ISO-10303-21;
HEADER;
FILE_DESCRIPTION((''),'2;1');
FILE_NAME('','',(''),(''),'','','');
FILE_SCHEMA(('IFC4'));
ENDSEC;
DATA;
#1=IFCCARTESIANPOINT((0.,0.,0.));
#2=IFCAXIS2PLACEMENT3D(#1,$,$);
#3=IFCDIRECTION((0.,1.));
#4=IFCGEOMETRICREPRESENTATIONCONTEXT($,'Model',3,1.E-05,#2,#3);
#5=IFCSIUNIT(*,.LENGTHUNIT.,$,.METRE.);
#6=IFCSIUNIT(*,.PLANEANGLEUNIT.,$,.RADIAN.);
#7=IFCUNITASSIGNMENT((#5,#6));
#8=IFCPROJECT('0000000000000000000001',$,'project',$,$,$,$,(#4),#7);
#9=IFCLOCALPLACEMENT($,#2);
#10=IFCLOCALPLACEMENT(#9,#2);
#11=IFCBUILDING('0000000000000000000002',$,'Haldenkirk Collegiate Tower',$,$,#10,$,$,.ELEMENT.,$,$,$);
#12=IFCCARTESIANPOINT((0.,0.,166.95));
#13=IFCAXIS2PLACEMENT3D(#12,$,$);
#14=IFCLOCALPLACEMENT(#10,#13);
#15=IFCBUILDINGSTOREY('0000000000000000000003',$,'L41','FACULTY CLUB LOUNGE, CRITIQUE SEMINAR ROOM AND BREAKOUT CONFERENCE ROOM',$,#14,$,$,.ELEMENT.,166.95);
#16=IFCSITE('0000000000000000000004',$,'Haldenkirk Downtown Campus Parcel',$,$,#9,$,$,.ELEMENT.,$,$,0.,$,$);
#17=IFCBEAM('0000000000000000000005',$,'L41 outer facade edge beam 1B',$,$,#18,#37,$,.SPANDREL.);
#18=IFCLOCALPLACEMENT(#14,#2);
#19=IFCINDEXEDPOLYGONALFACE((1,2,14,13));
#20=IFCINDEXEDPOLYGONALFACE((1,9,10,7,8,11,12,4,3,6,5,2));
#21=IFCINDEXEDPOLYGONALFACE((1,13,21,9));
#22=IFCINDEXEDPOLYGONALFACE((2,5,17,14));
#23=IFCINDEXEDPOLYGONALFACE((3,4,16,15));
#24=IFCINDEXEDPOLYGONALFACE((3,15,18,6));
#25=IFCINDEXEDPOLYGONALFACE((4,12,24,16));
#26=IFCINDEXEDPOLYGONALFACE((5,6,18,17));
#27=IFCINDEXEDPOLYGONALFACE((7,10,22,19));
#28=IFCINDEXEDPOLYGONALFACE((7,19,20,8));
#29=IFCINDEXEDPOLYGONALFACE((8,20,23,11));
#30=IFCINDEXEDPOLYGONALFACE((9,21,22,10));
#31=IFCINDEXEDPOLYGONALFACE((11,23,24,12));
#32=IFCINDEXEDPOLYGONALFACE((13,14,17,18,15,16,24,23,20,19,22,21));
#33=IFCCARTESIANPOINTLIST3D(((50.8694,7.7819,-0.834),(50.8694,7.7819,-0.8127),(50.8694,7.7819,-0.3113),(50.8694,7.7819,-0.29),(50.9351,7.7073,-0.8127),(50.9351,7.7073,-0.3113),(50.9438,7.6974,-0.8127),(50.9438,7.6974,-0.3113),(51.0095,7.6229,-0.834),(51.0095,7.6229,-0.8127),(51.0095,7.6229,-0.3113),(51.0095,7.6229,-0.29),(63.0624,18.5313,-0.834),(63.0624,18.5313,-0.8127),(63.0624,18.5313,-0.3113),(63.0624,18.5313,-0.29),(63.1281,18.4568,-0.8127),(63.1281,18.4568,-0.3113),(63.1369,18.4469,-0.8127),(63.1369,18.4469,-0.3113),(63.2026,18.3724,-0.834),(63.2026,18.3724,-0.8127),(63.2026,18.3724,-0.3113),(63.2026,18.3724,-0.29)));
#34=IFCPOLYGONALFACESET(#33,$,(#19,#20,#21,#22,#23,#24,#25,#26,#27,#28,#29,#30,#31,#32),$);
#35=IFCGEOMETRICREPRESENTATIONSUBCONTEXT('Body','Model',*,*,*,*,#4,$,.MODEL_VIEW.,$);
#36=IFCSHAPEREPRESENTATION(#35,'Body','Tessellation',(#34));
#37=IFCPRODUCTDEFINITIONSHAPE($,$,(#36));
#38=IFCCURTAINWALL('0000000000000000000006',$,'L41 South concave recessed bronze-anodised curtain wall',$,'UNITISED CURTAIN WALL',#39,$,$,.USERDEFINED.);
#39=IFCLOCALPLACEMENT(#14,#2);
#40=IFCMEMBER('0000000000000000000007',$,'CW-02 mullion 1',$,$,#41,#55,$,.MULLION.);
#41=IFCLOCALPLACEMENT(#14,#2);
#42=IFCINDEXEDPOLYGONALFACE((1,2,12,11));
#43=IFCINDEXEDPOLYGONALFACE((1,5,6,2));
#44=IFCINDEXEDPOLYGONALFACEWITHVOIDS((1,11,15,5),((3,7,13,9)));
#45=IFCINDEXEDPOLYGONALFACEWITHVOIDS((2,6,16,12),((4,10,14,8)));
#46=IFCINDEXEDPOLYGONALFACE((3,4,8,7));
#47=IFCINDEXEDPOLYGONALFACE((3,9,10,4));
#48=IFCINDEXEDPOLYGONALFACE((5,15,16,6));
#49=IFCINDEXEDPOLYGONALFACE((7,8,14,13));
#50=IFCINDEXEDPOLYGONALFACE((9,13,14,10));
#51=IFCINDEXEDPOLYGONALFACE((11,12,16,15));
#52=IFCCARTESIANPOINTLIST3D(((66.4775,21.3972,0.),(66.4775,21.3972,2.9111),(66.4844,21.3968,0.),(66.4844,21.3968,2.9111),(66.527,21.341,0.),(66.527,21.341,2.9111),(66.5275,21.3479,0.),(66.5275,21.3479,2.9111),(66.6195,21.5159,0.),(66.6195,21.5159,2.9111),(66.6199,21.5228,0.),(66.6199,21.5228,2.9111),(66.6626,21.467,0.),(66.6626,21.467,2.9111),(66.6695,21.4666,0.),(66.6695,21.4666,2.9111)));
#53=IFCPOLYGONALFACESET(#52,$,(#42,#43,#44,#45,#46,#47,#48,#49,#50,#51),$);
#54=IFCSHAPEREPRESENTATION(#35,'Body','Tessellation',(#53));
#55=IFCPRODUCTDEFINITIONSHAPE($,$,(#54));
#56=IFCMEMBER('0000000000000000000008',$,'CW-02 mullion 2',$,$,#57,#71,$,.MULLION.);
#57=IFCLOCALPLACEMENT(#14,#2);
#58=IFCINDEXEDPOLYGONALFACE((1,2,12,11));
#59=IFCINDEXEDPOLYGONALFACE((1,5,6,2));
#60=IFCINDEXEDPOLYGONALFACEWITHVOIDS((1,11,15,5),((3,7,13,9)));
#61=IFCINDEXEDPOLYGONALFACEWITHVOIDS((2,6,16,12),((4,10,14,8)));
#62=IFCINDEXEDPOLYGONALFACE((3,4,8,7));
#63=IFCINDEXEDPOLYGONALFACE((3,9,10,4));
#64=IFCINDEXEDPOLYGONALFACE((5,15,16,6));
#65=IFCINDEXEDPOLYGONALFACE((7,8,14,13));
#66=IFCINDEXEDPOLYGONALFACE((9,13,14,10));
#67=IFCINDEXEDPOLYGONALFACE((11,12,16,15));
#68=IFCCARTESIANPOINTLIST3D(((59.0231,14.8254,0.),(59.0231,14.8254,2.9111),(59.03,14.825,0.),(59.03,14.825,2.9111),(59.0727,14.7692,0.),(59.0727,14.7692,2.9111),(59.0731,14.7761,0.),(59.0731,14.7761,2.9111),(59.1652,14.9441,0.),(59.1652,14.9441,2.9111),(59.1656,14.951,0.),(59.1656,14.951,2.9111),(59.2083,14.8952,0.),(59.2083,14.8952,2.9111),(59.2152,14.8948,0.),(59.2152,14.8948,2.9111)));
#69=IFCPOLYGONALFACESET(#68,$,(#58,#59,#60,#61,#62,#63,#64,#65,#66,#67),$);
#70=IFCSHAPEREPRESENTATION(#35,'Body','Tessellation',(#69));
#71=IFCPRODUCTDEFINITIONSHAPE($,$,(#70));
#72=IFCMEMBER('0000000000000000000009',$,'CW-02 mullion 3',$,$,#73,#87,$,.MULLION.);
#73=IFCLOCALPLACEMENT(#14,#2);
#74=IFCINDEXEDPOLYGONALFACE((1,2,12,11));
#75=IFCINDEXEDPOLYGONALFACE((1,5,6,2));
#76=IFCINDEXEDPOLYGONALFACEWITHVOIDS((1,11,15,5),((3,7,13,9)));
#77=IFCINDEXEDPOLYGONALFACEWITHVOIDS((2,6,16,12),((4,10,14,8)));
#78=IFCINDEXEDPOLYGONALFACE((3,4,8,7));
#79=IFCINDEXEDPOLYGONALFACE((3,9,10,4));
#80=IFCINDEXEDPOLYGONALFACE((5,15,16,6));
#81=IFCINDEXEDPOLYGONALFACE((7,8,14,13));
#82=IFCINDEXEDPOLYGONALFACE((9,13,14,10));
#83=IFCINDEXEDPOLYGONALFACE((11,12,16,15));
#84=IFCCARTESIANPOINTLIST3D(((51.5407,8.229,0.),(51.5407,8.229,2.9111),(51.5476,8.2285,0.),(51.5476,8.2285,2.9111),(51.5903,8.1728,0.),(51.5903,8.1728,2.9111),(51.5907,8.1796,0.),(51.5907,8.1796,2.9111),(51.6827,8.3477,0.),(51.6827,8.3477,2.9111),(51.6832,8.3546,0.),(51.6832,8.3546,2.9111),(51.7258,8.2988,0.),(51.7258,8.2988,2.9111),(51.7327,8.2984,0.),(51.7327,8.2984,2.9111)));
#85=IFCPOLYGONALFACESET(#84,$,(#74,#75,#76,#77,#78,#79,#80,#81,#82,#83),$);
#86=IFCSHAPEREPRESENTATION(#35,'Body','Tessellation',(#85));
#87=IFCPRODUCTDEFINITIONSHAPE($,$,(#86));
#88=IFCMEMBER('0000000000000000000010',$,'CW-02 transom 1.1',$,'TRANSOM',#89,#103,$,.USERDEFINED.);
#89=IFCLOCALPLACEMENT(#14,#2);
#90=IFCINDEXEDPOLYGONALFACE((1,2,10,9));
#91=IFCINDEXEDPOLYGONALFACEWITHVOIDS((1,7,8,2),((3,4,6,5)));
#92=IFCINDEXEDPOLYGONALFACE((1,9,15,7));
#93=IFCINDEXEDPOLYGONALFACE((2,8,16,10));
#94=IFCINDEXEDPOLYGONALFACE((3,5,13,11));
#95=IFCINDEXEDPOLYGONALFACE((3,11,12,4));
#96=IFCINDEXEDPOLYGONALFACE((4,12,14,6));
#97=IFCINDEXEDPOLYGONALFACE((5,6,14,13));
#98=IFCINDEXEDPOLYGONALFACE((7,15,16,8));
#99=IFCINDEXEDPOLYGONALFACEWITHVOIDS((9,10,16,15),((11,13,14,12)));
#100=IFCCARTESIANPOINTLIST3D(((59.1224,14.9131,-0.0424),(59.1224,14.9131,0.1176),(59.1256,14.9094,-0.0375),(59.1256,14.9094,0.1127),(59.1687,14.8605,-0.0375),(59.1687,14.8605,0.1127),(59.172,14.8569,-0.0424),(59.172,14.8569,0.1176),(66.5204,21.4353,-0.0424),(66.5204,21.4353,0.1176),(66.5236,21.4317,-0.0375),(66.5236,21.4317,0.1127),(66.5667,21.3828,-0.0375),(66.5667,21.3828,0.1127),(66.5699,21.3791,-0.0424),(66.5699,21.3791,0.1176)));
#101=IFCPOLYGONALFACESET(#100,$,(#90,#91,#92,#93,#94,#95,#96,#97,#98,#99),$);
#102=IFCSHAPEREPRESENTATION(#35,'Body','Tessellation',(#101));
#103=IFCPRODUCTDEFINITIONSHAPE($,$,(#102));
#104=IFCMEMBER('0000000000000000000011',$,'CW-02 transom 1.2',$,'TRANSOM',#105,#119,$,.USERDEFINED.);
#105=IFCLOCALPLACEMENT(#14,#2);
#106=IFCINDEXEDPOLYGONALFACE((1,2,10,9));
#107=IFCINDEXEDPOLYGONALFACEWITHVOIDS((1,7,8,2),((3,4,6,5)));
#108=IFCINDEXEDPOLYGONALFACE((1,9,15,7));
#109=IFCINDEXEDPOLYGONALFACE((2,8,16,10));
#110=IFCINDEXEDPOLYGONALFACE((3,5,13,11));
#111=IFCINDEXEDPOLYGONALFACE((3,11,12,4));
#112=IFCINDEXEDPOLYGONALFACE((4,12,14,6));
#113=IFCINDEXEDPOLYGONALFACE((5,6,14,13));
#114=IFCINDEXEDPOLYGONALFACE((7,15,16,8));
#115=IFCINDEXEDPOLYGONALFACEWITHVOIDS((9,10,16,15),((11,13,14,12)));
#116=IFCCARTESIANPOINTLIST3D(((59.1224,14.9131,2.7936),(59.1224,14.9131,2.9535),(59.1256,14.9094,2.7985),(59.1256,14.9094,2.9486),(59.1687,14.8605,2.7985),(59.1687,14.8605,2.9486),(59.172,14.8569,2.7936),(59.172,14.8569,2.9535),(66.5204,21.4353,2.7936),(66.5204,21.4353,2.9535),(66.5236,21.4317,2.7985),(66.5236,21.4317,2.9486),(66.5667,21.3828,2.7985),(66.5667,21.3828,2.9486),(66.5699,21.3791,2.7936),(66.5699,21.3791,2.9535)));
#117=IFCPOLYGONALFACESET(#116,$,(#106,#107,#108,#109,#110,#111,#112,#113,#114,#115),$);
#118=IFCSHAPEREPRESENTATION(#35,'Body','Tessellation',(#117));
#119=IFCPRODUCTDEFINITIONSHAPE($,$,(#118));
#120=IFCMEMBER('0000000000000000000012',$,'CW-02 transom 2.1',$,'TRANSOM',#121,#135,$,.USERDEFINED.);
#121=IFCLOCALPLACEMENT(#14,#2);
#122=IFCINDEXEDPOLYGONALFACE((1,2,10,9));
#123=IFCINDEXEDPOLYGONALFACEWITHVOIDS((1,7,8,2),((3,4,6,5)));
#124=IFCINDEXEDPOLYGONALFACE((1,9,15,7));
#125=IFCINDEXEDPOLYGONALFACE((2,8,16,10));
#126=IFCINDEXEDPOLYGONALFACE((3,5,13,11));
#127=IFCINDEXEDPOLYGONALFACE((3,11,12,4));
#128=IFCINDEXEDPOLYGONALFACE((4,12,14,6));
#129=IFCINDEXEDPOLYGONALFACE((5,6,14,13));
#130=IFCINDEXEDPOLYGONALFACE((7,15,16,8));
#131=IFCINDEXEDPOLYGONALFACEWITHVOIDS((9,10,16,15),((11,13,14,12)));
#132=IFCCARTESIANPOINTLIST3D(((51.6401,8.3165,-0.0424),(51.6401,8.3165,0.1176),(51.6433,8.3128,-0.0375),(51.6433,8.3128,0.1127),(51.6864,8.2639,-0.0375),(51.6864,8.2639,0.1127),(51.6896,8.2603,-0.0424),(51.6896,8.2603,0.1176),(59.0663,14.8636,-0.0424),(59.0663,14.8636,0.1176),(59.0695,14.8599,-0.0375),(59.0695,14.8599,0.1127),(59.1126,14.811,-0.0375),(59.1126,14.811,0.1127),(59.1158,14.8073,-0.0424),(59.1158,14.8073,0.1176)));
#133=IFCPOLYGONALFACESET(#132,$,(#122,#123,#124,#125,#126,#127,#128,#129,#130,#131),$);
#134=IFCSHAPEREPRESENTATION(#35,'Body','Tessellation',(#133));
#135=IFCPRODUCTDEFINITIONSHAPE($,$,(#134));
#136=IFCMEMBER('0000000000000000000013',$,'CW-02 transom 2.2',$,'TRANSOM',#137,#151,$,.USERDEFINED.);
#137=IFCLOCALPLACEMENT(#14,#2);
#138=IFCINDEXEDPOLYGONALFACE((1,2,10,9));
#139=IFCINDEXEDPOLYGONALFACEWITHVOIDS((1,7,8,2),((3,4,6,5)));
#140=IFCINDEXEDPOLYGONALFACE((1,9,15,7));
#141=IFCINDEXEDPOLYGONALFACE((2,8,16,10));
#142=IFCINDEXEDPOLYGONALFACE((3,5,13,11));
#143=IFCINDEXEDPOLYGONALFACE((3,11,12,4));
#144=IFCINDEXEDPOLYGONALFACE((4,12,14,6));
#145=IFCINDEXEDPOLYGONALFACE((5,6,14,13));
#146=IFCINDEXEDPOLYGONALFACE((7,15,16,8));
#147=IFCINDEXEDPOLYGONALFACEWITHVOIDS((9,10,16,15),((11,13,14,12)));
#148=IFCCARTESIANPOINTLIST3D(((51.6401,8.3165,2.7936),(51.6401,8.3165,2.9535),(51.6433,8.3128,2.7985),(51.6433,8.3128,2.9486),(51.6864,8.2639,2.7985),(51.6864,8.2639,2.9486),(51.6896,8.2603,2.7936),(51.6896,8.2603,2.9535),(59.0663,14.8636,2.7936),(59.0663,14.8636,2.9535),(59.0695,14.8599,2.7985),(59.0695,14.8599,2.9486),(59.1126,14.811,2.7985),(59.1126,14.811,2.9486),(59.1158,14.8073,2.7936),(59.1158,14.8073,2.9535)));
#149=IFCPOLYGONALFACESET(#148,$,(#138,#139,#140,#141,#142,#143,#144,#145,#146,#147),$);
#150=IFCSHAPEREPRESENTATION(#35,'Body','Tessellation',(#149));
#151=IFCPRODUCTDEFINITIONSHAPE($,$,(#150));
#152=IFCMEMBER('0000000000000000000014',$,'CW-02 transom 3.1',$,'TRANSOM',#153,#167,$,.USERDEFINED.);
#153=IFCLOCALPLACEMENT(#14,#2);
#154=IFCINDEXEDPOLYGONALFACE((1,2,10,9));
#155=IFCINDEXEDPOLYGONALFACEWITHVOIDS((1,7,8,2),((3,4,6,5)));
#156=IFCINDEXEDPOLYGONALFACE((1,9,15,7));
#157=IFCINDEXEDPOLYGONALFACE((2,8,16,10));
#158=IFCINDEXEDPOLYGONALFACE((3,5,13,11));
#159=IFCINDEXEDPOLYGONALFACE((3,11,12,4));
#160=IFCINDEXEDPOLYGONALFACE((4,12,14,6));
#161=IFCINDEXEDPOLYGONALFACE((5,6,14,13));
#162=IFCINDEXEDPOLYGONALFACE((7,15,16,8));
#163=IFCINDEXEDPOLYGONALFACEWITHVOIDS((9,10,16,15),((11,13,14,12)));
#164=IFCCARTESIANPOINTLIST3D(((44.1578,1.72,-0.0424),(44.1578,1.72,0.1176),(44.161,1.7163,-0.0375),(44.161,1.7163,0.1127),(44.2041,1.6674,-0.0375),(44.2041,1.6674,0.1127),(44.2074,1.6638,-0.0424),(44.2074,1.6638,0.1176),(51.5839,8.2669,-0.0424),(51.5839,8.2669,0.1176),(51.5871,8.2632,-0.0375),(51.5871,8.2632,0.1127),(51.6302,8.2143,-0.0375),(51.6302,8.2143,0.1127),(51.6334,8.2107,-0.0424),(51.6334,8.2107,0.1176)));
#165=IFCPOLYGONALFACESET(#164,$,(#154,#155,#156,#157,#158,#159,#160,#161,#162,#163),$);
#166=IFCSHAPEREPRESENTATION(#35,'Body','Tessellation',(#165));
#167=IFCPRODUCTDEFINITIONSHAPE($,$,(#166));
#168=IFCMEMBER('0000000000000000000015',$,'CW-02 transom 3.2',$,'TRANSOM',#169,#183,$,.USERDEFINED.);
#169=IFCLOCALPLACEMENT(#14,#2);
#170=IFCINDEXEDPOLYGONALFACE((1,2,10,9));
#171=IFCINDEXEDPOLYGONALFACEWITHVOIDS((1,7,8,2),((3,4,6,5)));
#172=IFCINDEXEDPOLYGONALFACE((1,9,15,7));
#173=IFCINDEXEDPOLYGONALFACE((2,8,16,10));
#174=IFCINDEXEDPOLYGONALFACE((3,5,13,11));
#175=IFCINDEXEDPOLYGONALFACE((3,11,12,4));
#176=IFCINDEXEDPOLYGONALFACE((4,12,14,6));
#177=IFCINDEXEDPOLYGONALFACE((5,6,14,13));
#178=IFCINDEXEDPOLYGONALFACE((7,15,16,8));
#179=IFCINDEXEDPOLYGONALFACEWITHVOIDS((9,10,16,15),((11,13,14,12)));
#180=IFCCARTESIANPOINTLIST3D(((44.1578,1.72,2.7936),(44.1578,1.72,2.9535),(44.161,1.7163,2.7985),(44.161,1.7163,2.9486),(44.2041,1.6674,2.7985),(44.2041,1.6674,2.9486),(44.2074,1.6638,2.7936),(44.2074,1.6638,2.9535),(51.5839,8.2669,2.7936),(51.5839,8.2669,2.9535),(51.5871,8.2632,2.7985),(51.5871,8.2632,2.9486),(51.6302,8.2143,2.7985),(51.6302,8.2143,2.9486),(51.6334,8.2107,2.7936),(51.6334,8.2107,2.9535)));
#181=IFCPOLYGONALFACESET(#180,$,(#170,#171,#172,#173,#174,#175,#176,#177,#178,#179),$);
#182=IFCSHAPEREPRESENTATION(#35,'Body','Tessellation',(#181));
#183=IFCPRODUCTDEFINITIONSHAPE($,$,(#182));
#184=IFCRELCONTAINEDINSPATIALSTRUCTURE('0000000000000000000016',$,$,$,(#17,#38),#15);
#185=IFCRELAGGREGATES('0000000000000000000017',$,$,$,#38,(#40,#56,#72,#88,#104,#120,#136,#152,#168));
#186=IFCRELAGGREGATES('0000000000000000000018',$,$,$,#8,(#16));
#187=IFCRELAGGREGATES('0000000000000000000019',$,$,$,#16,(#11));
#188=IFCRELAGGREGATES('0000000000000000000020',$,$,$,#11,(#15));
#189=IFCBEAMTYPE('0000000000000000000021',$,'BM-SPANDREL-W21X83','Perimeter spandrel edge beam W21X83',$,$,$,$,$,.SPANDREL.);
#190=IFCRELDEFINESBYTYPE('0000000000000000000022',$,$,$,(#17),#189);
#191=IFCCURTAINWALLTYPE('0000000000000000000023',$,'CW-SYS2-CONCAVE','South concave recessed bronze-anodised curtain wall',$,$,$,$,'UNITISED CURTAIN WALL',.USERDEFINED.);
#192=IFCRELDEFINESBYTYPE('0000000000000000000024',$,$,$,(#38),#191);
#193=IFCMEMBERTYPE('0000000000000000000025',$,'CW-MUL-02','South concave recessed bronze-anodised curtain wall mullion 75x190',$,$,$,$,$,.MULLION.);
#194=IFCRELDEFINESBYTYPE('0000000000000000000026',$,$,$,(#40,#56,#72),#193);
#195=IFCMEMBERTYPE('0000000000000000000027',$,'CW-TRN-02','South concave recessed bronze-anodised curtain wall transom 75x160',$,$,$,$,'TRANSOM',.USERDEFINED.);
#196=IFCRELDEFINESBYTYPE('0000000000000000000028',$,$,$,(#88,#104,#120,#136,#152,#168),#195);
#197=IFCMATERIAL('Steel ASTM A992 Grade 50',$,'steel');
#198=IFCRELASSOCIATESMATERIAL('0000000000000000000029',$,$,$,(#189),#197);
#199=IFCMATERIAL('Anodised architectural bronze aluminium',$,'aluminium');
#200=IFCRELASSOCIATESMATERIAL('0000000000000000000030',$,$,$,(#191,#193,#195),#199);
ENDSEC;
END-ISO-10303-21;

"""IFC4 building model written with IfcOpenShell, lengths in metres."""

from ifc_helpers import new_model, si_unit, direction, frame, origin, origin_2d, place, context, subcontext, project, spatial, hollow_rectangle, i_section, extrude, material, material_profile, profile_set, type_object, element, aggregate, save


model = new_model("IFC4")

# Units and contexts
model_context = context("Model", 3, precision=1e-05, world=origin(), true_north=direction((0.0, 1.0)))
body_context = subcontext(model_context, "Body", "Model", "MODEL_VIEW")
ifc_project = project(units=[si_unit("LENGTHUNIT", "METRE"), si_unit("PLANEANGLEUNIT", "RADIAN")], contexts=[model_context])

# Site, building, storey
site_placement = place(None, origin())
site = spatial("IfcSite", under=ifc_project, at=site_placement, Name="Haldenkirk Downtown Campus Parcel", CompositionType="ELEMENT", RefElevation=0.0)
building_placement = place(site_placement, origin())
building = spatial("IfcBuilding", under=site, at=building_placement, Name="Haldenkirk Collegiate Tower", CompositionType="ELEMENT")
storey_placement = place(building_placement, frame((0.0, 0.0, 166.95)))
storey = spatial("IfcBuildingStorey", under=building, at=storey_placement, Name="L41", Description="FACULTY CLUB LOUNGE, CRITIQUE SEMINAR ROOM AND BREAKOUT CONFERENCE ROOM", CompositionType="ELEMENT", Elevation=166.95)

# Beam
ifc_material_1 = material(Name="Steel ASTM A992 Grade 50", Category="steel")
ifc_material_profile_1 = material_profile(ifc_material_1, i_section(OverallWidth=0.2119, OverallDepth=0.5439, WebThickness=0.0132, FlangeThickness=0.0212, at=origin_2d()), Name="W21X83")
ifc_profile_set_1 = profile_set([ifc_material_profile_1], Name="Steel ASTM A992 Grade 50")
beam_type_1 = type_object("IfcBeamType", Name="BM-SPANDREL-W21X83", Description="Perimeter spandrel edge beam W21X83", PredefinedType="SPANDREL", material=ifc_profile_set_1)
beam_1_placement = place(storey_placement, frame((50.9395, 7.7024, -0.562), z_axis=(0.750116, 0.661306, 0.0), x_axis=(-0.661306, 0.750116, 0.0)))
element("IfcBeam", 1, at=beam_1_placement, inside=storey, type_object=beam_type_1, Name="L41 outer facade edge beam 1B", PredefinedType="SPANDREL", context=body_context, shape_type="SweptSolid", body=[
    extrude(i_section(OverallWidth=0.2119, OverallDepth=0.5439, WebThickness=0.0132, FlangeThickness=0.0212, at=origin_2d()), origin(), (0.0, 0.0, 1.0), 16.2549),
])

# Curtain wall, members
ifc_material_2 = material(Name="Anodised architectural bronze aluminium", Category="aluminium")
curtain_wall_type = type_object("IfcCurtainWallType", Name="CW-SYS2-CONCAVE", Description="South concave recessed bronze-anodised curtain wall", ElementType="UNITISED CURTAIN WALL", PredefinedType="USERDEFINED", material=ifc_material_2)
curtain_wall_placement = place(storey_placement, origin())
curtain_wall = element("IfcCurtainWall", 2, at=curtain_wall_placement, inside=storey, type_object=curtain_wall_type, Name="L41 South concave recessed bronze-anodised curtain wall", ObjectType="UNITISED CURTAIN WALL", PredefinedType="USERDEFINED")
ifc_material_profile_2 = material_profile(ifc_material_2, hollow_rectangle(XDim=0.075, YDim=0.1899, WallThickness=0.0049, at=origin_2d()), Name="CW-MUL-02")
ifc_profile_set_2 = profile_set([ifc_material_profile_2], Name="Anodised architectural bronze aluminium")
member_type_1 = type_object("IfcMemberType", Name="CW-MUL-02", Description="South concave recessed bronze-anodised curtain wall mullion 75x190", PredefinedType="MULLION", material=ifc_profile_set_2)
member_1_placement = place(storey_placement, frame((66.5735, 21.4319, 0.0), z_axis=(0.0, 0.0, 1.0), x_axis=(0.66131, -0.750112, 0.0)))
member_1 = element("IfcMember", 3, at=member_1_placement, type_object=member_type_1, Name="CW-02 mullion 1", PredefinedType="MULLION", context=body_context, shape_type="SweptSolid", body=[
    extrude(hollow_rectangle(XDim=0.075, YDim=0.1899, WallThickness=0.0049, at=origin_2d()), origin(), (0.0, 0.0, 1.0), 2.9111),
])
member_2_placement = place(storey_placement, frame((59.1191, 14.8601, 0.0), z_axis=(0.0, 0.0, 1.0), x_axis=(0.66131, -0.750112, 0.0)))
member_2 = element("IfcMember", 4, at=member_2_placement, type_object=member_type_1, Name="CW-02 mullion 2", PredefinedType="MULLION", context=body_context, shape_type="SweptSolid", body=[
    extrude(hollow_rectangle(XDim=0.075, YDim=0.1899, WallThickness=0.0049, at=origin_2d()), origin(), (0.0, 0.0, 1.0), 2.9111),
])
member_3_placement = place(storey_placement, frame((51.6367, 8.2637, 0.0), z_axis=(0.0, 0.0, 1.0), x_axis=(0.66131, -0.750112, 0.0)))
member_3 = element("IfcMember", 5, at=member_3_placement, type_object=member_type_1, Name="CW-02 mullion 3", PredefinedType="MULLION", context=body_context, shape_type="SweptSolid", body=[
    extrude(hollow_rectangle(XDim=0.075, YDim=0.1899, WallThickness=0.0049, at=origin_2d()), origin(), (0.0, 0.0, 1.0), 2.9111),
])
ifc_material_profile_3 = material_profile(ifc_material_2, hollow_rectangle(XDim=0.075, YDim=0.1599, WallThickness=0.0049, at=origin_2d()), Name="CW-TRN-02")
ifc_profile_set_3 = profile_set([ifc_material_profile_3], Name="Anodised architectural bronze aluminium")
member_type_2 = type_object("IfcMemberType", Name="CW-TRN-02", Description="South concave recessed bronze-anodised curtain wall transom 75x160", ElementType="TRANSOM", PredefinedType="USERDEFINED", material=ifc_profile_set_3)
member_4_placement = place(storey_placement, frame((66.5452, 21.4072, 0.0376), z_axis=(-0.750109, -0.661315, 0.0), x_axis=(0.661315, -0.750109, 0.0)))
member_4 = element("IfcMember", 6, at=member_4_placement, type_object=member_type_2, Name="CW-02 transom 1.1", ObjectType="TRANSOM", PredefinedType="USERDEFINED", context=body_context, shape_type="SweptSolid", body=[
    extrude(hollow_rectangle(XDim=0.075, YDim=0.1599, WallThickness=0.0049, at=origin_2d()), origin(), (0.0, 0.0, 1.0), 9.8625),
])
member_5_placement = place(storey_placement, frame((66.5452, 21.4072, 2.8735), z_axis=(-0.750109, -0.661315, 0.0), x_axis=(0.661315, -0.750109, 0.0)))
member_5 = element("IfcMember", 7, at=member_5_placement, type_object=member_type_2, Name="CW-02 transom 1.2", ObjectType="TRANSOM", PredefinedType="USERDEFINED", context=body_context, shape_type="SweptSolid", body=[
    extrude(hollow_rectangle(XDim=0.075, YDim=0.1599, WallThickness=0.0049, at=origin_2d()), origin(), (0.0, 0.0, 1.0), 9.8625),
])
member_6_placement = place(storey_placement, frame((59.0911, 14.8354, 0.0376), z_axis=(-0.750112, -0.661311, 0.0), x_axis=(0.661311, -0.750112, 0.0)))
member_6 = element("IfcMember", 8, at=member_6_placement, type_object=member_type_2, Name="CW-02 transom 2.1", ObjectType="TRANSOM", PredefinedType="USERDEFINED", context=body_context, shape_type="SweptSolid", body=[
    extrude(hollow_rectangle(XDim=0.075, YDim=0.1599, WallThickness=0.0049, at=origin_2d()), origin(), (0.0, 0.0, 1.0), 9.9001),
])
member_7_placement = place(storey_placement, frame((59.0911, 14.8354, 2.8735), z_axis=(-0.750112, -0.661311, 0.0), x_axis=(0.661311, -0.750112, 0.0)))
member_7 = element("IfcMember", 9, at=member_7_placement, type_object=member_type_2, Name="CW-02 transom 2.2", ObjectType="TRANSOM", PredefinedType="USERDEFINED", context=body_context, shape_type="SweptSolid", body=[
    extrude(hollow_rectangle(XDim=0.075, YDim=0.1599, WallThickness=0.0049, at=origin_2d()), origin(), (0.0, 0.0, 1.0), 9.9001),
])
member_8_placement = place(storey_placement, frame((51.6086, 8.2388, 0.0376), z_axis=(-0.750113, -0.661309, 0.0), x_axis=(0.661309, -0.750113, 0.0)))
member_8 = element("IfcMember", 10, at=member_8_placement, type_object=member_type_2, Name="CW-02 transom 3.1", ObjectType="TRANSOM", PredefinedType="USERDEFINED", context=body_context, shape_type="SweptSolid", body=[
    extrude(hollow_rectangle(XDim=0.075, YDim=0.1599, WallThickness=0.0049, at=origin_2d()), origin(), (0.0, 0.0, 1.0), 9.8999),
])
member_9_placement = place(storey_placement, frame((51.6086, 8.2388, 2.8735), z_axis=(-0.750113, -0.661309, 0.0), x_axis=(0.661309, -0.750113, 0.0)))
member_9 = element("IfcMember", 11, at=member_9_placement, type_object=member_type_2, Name="CW-02 transom 3.2", ObjectType="TRANSOM", PredefinedType="USERDEFINED", context=body_context, shape_type="SweptSolid", body=[
    extrude(hollow_rectangle(XDim=0.075, YDim=0.1599, WallThickness=0.0049, at=origin_2d()), origin(), (0.0, 0.0, 1.0), 9.8999),
])

aggregate(curtain_wall, [member_1, member_2, member_3, member_4, member_5, member_6, member_7, member_8, member_9])

save(model, "model.ifc")
